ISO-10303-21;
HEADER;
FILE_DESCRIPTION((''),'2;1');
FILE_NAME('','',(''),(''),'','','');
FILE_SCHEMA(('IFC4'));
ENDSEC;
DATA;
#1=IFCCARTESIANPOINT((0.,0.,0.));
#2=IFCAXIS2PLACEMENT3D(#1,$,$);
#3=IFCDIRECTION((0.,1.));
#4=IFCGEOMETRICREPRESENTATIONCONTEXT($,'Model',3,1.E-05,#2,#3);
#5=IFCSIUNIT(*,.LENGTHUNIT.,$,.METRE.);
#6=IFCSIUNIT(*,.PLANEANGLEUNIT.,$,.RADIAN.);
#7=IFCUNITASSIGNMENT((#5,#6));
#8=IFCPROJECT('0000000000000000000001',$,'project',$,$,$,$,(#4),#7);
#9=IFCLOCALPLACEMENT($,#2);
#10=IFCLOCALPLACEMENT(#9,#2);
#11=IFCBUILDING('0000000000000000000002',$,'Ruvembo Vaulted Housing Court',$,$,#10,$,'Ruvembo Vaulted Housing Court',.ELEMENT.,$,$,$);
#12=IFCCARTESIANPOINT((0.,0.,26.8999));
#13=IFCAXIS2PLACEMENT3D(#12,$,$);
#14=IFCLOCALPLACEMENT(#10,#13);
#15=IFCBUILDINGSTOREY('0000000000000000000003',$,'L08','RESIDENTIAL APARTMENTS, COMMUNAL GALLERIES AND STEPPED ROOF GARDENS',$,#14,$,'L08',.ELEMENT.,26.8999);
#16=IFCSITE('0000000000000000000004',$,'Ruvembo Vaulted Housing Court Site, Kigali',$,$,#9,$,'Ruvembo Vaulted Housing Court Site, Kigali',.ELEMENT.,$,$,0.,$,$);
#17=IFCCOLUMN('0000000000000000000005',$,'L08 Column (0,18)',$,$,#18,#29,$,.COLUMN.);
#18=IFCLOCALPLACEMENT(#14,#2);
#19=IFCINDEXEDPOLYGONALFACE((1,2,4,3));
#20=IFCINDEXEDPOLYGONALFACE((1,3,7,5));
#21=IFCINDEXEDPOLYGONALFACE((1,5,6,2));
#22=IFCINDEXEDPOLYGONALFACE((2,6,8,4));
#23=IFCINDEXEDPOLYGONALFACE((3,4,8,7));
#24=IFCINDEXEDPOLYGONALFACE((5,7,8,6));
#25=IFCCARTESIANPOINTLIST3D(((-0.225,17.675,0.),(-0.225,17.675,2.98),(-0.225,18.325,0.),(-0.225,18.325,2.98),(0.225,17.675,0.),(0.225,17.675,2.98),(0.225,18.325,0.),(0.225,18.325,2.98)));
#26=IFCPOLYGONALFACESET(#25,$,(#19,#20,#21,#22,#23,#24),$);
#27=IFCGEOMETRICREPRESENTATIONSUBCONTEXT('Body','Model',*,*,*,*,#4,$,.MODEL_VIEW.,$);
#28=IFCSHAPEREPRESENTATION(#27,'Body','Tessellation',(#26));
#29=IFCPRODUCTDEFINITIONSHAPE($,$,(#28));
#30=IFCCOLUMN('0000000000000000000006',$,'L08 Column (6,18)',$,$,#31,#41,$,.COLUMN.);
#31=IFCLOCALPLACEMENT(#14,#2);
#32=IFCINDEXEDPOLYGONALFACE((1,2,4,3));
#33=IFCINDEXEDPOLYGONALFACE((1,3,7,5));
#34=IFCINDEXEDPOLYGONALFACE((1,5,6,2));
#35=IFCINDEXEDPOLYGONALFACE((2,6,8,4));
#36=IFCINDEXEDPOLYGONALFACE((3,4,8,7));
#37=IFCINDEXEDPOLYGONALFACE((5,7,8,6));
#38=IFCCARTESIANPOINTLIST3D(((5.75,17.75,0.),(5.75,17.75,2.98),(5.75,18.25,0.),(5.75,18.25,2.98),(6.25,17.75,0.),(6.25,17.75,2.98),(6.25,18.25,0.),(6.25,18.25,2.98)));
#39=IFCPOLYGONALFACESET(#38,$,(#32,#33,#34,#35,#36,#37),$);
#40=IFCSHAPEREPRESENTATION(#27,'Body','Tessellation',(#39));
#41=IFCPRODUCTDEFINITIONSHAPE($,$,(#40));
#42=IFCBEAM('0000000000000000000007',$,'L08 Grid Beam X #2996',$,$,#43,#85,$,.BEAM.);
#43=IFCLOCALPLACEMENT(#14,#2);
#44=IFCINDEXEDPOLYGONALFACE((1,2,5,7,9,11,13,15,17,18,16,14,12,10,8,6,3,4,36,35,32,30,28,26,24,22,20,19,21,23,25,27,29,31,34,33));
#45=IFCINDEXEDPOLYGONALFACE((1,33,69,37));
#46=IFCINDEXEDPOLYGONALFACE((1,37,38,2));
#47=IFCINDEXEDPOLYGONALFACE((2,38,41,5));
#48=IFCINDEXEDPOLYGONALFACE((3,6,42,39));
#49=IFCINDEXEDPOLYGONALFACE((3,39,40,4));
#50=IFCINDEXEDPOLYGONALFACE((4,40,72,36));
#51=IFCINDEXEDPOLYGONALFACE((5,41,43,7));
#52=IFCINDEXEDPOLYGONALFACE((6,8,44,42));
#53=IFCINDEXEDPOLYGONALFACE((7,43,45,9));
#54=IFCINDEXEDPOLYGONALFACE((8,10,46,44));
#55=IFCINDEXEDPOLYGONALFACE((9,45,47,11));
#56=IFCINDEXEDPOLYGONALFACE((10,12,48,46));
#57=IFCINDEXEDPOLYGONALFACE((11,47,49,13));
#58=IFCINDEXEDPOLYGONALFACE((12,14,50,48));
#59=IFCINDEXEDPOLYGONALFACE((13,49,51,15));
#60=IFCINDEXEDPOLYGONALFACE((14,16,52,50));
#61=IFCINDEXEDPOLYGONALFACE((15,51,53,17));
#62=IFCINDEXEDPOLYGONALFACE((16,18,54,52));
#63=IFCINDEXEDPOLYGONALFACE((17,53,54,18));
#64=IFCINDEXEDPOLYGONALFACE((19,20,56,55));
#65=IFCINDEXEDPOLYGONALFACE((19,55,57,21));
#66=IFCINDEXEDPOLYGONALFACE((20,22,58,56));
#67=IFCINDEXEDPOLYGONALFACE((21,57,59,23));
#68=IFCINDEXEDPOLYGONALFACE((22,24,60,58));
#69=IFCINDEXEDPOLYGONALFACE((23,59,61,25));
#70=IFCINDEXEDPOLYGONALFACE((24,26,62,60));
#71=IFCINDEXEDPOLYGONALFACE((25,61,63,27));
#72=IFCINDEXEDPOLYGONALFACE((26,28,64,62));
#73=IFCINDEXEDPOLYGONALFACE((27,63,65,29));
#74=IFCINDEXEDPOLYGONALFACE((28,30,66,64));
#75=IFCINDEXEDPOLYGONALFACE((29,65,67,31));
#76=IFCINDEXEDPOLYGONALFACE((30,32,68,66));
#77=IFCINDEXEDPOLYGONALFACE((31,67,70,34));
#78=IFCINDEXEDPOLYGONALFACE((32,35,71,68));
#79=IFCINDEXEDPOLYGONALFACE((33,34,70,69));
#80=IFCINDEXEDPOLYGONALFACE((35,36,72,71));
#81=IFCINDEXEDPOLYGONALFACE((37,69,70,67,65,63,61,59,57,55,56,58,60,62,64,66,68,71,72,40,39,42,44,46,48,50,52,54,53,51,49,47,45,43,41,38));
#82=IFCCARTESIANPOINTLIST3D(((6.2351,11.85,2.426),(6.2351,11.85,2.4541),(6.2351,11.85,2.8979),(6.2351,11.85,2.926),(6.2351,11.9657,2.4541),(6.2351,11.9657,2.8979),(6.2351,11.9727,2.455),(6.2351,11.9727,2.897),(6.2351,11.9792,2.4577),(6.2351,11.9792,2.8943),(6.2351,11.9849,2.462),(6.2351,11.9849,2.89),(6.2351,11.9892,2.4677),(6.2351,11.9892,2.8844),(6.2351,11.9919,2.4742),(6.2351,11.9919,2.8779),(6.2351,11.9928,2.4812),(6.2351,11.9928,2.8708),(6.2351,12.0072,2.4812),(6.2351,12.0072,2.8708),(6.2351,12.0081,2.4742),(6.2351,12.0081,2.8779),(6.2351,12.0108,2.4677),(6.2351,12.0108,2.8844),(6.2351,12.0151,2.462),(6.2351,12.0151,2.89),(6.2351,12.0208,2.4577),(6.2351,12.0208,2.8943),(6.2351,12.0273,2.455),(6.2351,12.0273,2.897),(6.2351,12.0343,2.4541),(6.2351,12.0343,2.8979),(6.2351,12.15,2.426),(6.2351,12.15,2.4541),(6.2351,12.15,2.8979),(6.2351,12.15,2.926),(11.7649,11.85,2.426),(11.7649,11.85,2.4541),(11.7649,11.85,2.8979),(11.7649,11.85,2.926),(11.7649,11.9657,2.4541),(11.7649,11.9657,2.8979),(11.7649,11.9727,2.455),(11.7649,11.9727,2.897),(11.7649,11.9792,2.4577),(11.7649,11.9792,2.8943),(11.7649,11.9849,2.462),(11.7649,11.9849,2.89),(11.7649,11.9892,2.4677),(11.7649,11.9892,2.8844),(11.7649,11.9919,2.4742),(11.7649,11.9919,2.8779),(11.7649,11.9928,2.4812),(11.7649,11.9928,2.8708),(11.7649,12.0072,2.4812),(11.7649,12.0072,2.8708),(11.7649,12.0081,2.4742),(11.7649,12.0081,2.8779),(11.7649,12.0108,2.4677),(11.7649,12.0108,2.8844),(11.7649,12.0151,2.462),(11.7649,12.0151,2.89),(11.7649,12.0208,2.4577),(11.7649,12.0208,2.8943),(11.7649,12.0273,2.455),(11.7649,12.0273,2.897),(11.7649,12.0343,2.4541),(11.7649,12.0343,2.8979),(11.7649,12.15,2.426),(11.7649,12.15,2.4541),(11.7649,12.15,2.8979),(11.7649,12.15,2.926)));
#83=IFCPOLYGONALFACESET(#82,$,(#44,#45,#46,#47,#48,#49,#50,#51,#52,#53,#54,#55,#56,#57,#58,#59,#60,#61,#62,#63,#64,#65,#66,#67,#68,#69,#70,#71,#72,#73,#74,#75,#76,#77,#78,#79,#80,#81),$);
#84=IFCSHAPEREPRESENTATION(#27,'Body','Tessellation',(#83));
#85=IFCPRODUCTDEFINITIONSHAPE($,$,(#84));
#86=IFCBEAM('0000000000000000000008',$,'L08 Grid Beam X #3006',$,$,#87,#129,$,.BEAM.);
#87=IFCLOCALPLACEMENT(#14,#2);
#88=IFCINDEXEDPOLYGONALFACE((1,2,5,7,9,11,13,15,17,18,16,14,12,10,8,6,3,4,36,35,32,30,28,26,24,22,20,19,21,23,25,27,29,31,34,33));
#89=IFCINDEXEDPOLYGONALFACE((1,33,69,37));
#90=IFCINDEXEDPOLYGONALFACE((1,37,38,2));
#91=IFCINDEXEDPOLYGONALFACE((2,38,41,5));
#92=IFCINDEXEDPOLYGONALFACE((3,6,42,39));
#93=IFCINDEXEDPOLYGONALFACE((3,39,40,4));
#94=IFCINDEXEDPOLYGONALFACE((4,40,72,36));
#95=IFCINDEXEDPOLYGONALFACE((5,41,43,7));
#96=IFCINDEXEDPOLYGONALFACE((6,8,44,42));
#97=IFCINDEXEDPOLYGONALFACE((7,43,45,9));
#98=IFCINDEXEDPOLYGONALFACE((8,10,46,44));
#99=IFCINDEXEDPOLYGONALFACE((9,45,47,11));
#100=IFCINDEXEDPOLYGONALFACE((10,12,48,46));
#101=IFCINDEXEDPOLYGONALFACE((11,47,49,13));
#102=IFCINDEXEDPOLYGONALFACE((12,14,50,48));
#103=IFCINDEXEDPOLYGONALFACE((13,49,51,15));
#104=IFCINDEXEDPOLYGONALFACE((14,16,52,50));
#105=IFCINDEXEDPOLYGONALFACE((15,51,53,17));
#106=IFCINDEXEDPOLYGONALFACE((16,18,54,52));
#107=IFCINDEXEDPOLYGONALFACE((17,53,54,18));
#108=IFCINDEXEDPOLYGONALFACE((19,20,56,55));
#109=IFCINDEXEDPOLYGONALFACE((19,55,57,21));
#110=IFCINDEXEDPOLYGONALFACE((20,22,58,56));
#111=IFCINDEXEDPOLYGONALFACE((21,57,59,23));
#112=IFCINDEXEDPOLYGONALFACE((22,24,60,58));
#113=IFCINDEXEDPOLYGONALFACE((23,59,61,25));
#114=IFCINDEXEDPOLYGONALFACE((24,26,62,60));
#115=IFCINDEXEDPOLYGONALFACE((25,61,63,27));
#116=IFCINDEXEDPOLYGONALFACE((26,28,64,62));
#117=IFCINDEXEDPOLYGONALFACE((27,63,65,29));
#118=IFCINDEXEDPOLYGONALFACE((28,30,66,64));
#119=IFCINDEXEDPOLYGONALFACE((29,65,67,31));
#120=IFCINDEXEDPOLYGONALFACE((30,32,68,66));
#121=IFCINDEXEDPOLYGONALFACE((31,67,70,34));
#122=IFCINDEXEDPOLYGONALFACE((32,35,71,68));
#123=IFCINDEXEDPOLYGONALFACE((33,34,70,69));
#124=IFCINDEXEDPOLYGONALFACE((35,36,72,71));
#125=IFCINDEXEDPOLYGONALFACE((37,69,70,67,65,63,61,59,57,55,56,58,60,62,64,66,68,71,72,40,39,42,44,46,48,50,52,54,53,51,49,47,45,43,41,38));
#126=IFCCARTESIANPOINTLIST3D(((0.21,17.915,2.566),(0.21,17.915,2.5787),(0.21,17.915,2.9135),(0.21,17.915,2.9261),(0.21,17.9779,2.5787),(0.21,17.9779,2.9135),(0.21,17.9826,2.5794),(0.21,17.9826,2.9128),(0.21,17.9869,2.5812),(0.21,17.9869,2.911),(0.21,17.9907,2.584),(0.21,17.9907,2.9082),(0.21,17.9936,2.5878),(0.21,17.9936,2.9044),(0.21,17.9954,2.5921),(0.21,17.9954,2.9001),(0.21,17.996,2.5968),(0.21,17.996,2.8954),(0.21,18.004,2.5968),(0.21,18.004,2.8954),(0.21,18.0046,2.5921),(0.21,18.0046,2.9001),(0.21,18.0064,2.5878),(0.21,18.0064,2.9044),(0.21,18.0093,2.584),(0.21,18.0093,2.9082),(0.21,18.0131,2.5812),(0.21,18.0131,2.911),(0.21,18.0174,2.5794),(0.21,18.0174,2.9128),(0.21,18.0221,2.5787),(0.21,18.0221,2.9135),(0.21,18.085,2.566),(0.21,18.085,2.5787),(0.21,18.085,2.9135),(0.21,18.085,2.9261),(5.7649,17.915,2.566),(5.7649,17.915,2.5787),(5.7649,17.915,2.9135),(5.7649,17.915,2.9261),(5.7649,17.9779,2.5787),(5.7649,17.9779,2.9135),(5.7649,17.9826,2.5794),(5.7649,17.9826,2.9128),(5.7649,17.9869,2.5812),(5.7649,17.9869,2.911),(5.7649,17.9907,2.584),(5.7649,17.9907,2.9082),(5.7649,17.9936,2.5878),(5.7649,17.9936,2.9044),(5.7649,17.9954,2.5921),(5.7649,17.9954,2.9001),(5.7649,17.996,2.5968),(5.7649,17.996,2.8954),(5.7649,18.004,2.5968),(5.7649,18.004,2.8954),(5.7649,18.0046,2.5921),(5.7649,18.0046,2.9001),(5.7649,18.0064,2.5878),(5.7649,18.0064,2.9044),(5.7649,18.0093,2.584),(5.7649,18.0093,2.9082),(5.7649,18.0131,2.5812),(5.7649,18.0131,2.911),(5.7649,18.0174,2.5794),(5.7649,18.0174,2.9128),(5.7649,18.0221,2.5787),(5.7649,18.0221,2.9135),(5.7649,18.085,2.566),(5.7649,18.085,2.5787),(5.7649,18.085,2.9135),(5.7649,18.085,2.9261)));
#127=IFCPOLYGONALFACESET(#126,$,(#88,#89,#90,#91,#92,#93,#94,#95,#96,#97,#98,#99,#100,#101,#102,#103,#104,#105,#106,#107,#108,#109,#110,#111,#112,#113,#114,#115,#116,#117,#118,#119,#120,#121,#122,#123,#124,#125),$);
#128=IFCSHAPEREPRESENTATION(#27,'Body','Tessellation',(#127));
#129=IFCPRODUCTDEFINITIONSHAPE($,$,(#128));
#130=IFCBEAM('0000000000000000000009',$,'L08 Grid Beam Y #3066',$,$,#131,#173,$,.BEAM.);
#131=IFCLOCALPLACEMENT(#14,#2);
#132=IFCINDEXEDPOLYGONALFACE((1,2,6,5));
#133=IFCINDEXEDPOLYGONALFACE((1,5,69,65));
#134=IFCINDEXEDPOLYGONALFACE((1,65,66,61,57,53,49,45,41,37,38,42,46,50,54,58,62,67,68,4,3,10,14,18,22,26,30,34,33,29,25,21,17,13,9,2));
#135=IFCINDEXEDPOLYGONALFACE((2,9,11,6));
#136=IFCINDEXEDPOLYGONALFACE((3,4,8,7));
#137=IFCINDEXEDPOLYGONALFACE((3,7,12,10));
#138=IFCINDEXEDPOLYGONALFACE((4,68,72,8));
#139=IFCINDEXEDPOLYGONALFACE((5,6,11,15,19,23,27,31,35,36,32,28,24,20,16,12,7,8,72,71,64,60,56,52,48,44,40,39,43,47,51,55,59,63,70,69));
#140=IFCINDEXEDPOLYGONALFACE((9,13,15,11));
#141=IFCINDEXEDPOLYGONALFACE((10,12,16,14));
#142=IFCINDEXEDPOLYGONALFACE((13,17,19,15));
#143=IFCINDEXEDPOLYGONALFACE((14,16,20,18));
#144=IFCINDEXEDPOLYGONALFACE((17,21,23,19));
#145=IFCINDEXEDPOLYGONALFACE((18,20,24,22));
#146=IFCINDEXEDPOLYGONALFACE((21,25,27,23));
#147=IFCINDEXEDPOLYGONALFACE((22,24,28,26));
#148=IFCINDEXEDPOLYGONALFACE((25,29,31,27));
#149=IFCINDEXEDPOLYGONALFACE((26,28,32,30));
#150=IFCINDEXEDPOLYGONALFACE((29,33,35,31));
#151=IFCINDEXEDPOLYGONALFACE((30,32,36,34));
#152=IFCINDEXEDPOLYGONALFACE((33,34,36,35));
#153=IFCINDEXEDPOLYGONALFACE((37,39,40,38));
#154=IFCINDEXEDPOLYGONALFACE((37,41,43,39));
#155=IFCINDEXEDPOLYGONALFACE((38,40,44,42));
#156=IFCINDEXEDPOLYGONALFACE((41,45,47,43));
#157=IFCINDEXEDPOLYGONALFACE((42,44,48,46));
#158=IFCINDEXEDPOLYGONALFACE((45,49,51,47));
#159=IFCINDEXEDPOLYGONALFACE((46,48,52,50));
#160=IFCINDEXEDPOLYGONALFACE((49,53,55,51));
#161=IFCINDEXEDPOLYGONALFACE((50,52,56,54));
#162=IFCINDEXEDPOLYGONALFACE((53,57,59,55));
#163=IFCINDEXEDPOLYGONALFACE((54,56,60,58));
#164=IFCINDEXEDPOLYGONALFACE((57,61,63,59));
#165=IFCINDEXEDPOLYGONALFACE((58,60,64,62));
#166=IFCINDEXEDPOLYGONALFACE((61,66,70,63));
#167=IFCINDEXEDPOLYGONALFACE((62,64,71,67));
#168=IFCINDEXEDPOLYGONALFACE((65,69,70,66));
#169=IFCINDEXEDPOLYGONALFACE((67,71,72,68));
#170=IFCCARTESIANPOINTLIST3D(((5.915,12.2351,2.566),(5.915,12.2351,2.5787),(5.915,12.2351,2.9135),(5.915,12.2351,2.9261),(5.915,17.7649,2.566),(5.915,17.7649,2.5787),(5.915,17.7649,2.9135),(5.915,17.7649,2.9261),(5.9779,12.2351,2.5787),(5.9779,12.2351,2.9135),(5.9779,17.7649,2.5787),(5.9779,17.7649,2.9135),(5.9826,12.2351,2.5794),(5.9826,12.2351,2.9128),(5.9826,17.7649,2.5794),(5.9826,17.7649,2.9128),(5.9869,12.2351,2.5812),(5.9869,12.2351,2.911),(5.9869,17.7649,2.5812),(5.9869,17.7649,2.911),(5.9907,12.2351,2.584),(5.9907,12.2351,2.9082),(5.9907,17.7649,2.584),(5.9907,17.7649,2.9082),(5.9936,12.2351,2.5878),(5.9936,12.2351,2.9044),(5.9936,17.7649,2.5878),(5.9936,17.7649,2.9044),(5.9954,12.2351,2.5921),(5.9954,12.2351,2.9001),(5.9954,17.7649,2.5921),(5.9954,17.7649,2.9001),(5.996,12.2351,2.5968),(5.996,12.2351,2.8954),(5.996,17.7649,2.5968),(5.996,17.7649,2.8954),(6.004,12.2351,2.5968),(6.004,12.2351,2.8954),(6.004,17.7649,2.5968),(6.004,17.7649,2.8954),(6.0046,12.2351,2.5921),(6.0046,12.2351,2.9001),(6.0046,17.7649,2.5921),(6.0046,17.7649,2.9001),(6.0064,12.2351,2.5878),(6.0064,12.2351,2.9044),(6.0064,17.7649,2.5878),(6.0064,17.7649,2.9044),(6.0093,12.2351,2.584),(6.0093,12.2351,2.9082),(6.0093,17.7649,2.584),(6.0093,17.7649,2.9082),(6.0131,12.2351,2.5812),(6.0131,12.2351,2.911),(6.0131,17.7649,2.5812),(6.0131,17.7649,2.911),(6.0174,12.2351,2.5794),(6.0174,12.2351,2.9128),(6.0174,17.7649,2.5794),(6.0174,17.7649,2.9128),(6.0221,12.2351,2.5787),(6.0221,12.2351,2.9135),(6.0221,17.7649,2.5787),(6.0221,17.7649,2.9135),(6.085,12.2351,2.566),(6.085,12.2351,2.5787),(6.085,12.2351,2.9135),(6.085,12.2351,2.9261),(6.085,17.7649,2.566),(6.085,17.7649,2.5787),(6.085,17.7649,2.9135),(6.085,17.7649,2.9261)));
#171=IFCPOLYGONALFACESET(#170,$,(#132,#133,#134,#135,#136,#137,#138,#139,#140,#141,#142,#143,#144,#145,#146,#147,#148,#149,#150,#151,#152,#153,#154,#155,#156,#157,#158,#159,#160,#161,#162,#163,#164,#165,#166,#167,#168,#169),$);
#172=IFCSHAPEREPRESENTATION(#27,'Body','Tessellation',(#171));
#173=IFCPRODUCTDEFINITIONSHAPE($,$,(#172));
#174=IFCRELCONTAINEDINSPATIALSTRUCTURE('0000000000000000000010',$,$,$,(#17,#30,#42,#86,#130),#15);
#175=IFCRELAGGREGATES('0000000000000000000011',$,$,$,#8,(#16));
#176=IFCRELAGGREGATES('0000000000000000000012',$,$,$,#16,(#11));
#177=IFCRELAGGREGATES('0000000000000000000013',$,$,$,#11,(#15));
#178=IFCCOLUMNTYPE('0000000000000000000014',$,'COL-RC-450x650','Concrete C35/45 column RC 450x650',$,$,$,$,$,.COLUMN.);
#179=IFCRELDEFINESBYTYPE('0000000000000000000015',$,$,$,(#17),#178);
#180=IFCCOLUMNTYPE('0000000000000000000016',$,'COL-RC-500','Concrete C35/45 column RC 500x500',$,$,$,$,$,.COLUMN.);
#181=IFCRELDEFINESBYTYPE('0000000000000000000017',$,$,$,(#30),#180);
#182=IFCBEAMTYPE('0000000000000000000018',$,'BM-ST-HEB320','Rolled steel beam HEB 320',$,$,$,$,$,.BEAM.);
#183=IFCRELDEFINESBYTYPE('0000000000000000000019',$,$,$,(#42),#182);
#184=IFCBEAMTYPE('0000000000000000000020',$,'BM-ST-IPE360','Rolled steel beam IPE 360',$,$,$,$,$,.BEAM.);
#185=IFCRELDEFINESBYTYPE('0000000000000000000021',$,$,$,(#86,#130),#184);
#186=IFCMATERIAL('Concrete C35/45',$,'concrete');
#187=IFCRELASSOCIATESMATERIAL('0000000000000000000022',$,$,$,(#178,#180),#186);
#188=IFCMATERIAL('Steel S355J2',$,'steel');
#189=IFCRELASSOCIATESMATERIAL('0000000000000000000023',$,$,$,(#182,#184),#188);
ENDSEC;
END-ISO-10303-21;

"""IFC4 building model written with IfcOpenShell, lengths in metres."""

from ifc_helpers import new_model, si_unit, direction, frame, origin, origin_2d, place, context, subcontext, project, spatial, rectangle, i_section, extrude, material, material_profile, profile_set, type_object, element, save


model = new_model("IFC4")

# Units and contexts
model_context = context("Model", 3, precision=1e-05, world=origin(), true_north=direction((0.0, 1.0)))
body_context = subcontext(model_context, "Body", "Model", "MODEL_VIEW")
ifc_project = project(units=[si_unit("LENGTHUNIT", "METRE"), si_unit("PLANEANGLEUNIT", "RADIAN")], contexts=[model_context])

# Site, building, storey
site_placement = place(None, origin())
site = spatial("IfcSite", under=ifc_project, at=site_placement, Name="Ruvembo Vaulted Housing Court Site, Kigali", LongName="Ruvembo Vaulted Housing Court Site, Kigali", CompositionType="ELEMENT", RefElevation=0.0)
building_placement = place(site_placement, origin())
building = spatial("IfcBuilding", under=site, at=building_placement, Name="Ruvembo Vaulted Housing Court", LongName="Ruvembo Vaulted Housing Court", CompositionType="ELEMENT")
storey_placement = place(building_placement, frame((0.0, 0.0, 26.8999)))
storey = spatial("IfcBuildingStorey", under=building, at=storey_placement, Name="L08", Description="RESIDENTIAL APARTMENTS, COMMUNAL GALLERIES AND STEPPED ROOF GARDENS", LongName="L08", CompositionType="ELEMENT", Elevation=26.8999)

# Columns
ifc_material_1 = material(Name="Concrete C35/45", Category="concrete")
ifc_material_profile_1 = material_profile(ifc_material_1, rectangle(XDim=0.45, YDim=0.6499, at=origin_2d()), Name="RC 450x650")
ifc_profile_set_1 = profile_set([ifc_material_profile_1], Name="Concrete C35/45")
column_type_1 = type_object("IfcColumnType", Name="COL-RC-450x650", Description="Concrete C35/45 column RC 450x650", PredefinedType="COLUMN", material=ifc_profile_set_1)
column_1_placement = place(storey_placement, frame((0.0, 18.0, 0.0), z_axis=(0.0, 0.0, 1.0), x_axis=(1.0, 0.0, 0.0)))
element("IfcColumn", 1, at=column_1_placement, inside=storey, type_object=column_type_1, Name="L08 Column (0,18)", PredefinedType="COLUMN", context=body_context, shape_type="SweptSolid", body=[
    extrude(rectangle(XDim=0.45, YDim=0.6499, at=origin_2d()), origin(), (0.0, 0.0, 1.0), 2.98),
])
ifc_material_profile_2 = material_profile(ifc_material_1, rectangle(XDim=0.5, YDim=0.5, at=origin_2d()), Name="RC 500x500")
ifc_profile_set_2 = profile_set([ifc_material_profile_2], Name="Concrete C35/45")
column_type_2 = type_object("IfcColumnType", Name="COL-RC-500", Description="Concrete C35/45 column RC 500x500", PredefinedType="COLUMN", material=ifc_profile_set_2)
column_2_placement = place(storey_placement, frame((6.0, 18.0, 0.0), z_axis=(0.0, 0.0, 1.0), x_axis=(1.0, 0.0, 0.0)))
element("IfcColumn", 2, at=column_2_placement, inside=storey, type_object=column_type_2, Name="L08 Column (6,18)", PredefinedType="COLUMN", context=body_context, shape_type="SweptSolid", body=[
    extrude(rectangle(XDim=0.5, YDim=0.5, at=origin_2d()), origin(), (0.0, 0.0, 1.0), 2.98),
])

# Beams
ifc_material_2 = material(Name="Steel S355J2", Category="steel")
ifc_material_profile_3 = material_profile(ifc_material_2, i_section(OverallWidth=0.3, OverallDepth=0.5, WebThickness=0.0144, FlangeThickness=0.0281, FilletRadius=0.0271, at=origin_2d()), Name="HEB 320")
ifc_profile_set_3 = profile_set([ifc_material_profile_3], Name="Steel S355J2")
beam_type_1 = type_object("IfcBeamType", Name="BM-ST-HEB320", Description="Rolled steel beam HEB 320", PredefinedType="BEAM", material=ifc_profile_set_3)
beam_1_placement = place(storey_placement, frame((6.2351, 12.0, 2.676), z_axis=(1.0, 0.0, 0.0), x_axis=(0.0, 1.0, 0.0)))
element("IfcBeam", 3, at=beam_1_placement, inside=storey, type_object=beam_type_1, Name="L08 Grid Beam X #2996", PredefinedType="BEAM", context=body_context, shape_type="SweptSolid", body=[
    extrude(i_section(OverallWidth=0.3, OverallDepth=0.5, WebThickness=0.0144, FlangeThickness=0.0281, FilletRadius=0.0271, at=origin_2d()), origin(), (0.0, 0.0, 1.0), 5.5298),
])
ifc_material_profile_4 = material_profile(ifc_material_2, i_section(OverallWidth=0.1699, OverallDepth=0.3601, WebThickness=0.0081, FlangeThickness=0.0127, FilletRadius=0.0181, at=origin_2d()), Name="IPE 360")
ifc_profile_set_4 = profile_set([ifc_material_profile_4], Name="Steel S355J2")
beam_type_2 = type_object("IfcBeamType", Name="BM-ST-IPE360", Description="Rolled steel beam IPE 360", PredefinedType="BEAM", material=ifc_profile_set_4)
beam_2_placement = place(storey_placement, frame((0.21, 18.0, 2.7461), z_axis=(1.0, 0.0, 0.0), x_axis=(0.0, 1.0, 0.0)))
element("IfcBeam", 4, at=beam_2_placement, inside=storey, type_object=beam_type_2, Name="L08 Grid Beam X #3006", PredefinedType="BEAM", context=body_context, shape_type="SweptSolid", body=[
    extrude(i_section(OverallWidth=0.1699, OverallDepth=0.3601, WebThickness=0.0081, FlangeThickness=0.0127, FilletRadius=0.0181, at=origin_2d()), origin(), (0.0, 0.0, 1.0), 5.5549),
])
beam_3_placement = place(storey_placement, frame((6.0, 12.2351, 2.7461), z_axis=(0.0, 1.0, 0.0), x_axis=(-1.0, 0.0, 0.0)))
element("IfcBeam", 5, at=beam_3_placement, inside=storey, type_object=beam_type_2, Name="L08 Grid Beam Y #3066", PredefinedType="BEAM", context=body_context, shape_type="SweptSolid", body=[
    extrude(i_section(OverallWidth=0.1699, OverallDepth=0.3601, WebThickness=0.0081, FlangeThickness=0.0127, FilletRadius=0.0181, at=origin_2d()), origin(), (0.0, 0.0, 1.0), 5.5298),
])

save(model, "model.ifc")
